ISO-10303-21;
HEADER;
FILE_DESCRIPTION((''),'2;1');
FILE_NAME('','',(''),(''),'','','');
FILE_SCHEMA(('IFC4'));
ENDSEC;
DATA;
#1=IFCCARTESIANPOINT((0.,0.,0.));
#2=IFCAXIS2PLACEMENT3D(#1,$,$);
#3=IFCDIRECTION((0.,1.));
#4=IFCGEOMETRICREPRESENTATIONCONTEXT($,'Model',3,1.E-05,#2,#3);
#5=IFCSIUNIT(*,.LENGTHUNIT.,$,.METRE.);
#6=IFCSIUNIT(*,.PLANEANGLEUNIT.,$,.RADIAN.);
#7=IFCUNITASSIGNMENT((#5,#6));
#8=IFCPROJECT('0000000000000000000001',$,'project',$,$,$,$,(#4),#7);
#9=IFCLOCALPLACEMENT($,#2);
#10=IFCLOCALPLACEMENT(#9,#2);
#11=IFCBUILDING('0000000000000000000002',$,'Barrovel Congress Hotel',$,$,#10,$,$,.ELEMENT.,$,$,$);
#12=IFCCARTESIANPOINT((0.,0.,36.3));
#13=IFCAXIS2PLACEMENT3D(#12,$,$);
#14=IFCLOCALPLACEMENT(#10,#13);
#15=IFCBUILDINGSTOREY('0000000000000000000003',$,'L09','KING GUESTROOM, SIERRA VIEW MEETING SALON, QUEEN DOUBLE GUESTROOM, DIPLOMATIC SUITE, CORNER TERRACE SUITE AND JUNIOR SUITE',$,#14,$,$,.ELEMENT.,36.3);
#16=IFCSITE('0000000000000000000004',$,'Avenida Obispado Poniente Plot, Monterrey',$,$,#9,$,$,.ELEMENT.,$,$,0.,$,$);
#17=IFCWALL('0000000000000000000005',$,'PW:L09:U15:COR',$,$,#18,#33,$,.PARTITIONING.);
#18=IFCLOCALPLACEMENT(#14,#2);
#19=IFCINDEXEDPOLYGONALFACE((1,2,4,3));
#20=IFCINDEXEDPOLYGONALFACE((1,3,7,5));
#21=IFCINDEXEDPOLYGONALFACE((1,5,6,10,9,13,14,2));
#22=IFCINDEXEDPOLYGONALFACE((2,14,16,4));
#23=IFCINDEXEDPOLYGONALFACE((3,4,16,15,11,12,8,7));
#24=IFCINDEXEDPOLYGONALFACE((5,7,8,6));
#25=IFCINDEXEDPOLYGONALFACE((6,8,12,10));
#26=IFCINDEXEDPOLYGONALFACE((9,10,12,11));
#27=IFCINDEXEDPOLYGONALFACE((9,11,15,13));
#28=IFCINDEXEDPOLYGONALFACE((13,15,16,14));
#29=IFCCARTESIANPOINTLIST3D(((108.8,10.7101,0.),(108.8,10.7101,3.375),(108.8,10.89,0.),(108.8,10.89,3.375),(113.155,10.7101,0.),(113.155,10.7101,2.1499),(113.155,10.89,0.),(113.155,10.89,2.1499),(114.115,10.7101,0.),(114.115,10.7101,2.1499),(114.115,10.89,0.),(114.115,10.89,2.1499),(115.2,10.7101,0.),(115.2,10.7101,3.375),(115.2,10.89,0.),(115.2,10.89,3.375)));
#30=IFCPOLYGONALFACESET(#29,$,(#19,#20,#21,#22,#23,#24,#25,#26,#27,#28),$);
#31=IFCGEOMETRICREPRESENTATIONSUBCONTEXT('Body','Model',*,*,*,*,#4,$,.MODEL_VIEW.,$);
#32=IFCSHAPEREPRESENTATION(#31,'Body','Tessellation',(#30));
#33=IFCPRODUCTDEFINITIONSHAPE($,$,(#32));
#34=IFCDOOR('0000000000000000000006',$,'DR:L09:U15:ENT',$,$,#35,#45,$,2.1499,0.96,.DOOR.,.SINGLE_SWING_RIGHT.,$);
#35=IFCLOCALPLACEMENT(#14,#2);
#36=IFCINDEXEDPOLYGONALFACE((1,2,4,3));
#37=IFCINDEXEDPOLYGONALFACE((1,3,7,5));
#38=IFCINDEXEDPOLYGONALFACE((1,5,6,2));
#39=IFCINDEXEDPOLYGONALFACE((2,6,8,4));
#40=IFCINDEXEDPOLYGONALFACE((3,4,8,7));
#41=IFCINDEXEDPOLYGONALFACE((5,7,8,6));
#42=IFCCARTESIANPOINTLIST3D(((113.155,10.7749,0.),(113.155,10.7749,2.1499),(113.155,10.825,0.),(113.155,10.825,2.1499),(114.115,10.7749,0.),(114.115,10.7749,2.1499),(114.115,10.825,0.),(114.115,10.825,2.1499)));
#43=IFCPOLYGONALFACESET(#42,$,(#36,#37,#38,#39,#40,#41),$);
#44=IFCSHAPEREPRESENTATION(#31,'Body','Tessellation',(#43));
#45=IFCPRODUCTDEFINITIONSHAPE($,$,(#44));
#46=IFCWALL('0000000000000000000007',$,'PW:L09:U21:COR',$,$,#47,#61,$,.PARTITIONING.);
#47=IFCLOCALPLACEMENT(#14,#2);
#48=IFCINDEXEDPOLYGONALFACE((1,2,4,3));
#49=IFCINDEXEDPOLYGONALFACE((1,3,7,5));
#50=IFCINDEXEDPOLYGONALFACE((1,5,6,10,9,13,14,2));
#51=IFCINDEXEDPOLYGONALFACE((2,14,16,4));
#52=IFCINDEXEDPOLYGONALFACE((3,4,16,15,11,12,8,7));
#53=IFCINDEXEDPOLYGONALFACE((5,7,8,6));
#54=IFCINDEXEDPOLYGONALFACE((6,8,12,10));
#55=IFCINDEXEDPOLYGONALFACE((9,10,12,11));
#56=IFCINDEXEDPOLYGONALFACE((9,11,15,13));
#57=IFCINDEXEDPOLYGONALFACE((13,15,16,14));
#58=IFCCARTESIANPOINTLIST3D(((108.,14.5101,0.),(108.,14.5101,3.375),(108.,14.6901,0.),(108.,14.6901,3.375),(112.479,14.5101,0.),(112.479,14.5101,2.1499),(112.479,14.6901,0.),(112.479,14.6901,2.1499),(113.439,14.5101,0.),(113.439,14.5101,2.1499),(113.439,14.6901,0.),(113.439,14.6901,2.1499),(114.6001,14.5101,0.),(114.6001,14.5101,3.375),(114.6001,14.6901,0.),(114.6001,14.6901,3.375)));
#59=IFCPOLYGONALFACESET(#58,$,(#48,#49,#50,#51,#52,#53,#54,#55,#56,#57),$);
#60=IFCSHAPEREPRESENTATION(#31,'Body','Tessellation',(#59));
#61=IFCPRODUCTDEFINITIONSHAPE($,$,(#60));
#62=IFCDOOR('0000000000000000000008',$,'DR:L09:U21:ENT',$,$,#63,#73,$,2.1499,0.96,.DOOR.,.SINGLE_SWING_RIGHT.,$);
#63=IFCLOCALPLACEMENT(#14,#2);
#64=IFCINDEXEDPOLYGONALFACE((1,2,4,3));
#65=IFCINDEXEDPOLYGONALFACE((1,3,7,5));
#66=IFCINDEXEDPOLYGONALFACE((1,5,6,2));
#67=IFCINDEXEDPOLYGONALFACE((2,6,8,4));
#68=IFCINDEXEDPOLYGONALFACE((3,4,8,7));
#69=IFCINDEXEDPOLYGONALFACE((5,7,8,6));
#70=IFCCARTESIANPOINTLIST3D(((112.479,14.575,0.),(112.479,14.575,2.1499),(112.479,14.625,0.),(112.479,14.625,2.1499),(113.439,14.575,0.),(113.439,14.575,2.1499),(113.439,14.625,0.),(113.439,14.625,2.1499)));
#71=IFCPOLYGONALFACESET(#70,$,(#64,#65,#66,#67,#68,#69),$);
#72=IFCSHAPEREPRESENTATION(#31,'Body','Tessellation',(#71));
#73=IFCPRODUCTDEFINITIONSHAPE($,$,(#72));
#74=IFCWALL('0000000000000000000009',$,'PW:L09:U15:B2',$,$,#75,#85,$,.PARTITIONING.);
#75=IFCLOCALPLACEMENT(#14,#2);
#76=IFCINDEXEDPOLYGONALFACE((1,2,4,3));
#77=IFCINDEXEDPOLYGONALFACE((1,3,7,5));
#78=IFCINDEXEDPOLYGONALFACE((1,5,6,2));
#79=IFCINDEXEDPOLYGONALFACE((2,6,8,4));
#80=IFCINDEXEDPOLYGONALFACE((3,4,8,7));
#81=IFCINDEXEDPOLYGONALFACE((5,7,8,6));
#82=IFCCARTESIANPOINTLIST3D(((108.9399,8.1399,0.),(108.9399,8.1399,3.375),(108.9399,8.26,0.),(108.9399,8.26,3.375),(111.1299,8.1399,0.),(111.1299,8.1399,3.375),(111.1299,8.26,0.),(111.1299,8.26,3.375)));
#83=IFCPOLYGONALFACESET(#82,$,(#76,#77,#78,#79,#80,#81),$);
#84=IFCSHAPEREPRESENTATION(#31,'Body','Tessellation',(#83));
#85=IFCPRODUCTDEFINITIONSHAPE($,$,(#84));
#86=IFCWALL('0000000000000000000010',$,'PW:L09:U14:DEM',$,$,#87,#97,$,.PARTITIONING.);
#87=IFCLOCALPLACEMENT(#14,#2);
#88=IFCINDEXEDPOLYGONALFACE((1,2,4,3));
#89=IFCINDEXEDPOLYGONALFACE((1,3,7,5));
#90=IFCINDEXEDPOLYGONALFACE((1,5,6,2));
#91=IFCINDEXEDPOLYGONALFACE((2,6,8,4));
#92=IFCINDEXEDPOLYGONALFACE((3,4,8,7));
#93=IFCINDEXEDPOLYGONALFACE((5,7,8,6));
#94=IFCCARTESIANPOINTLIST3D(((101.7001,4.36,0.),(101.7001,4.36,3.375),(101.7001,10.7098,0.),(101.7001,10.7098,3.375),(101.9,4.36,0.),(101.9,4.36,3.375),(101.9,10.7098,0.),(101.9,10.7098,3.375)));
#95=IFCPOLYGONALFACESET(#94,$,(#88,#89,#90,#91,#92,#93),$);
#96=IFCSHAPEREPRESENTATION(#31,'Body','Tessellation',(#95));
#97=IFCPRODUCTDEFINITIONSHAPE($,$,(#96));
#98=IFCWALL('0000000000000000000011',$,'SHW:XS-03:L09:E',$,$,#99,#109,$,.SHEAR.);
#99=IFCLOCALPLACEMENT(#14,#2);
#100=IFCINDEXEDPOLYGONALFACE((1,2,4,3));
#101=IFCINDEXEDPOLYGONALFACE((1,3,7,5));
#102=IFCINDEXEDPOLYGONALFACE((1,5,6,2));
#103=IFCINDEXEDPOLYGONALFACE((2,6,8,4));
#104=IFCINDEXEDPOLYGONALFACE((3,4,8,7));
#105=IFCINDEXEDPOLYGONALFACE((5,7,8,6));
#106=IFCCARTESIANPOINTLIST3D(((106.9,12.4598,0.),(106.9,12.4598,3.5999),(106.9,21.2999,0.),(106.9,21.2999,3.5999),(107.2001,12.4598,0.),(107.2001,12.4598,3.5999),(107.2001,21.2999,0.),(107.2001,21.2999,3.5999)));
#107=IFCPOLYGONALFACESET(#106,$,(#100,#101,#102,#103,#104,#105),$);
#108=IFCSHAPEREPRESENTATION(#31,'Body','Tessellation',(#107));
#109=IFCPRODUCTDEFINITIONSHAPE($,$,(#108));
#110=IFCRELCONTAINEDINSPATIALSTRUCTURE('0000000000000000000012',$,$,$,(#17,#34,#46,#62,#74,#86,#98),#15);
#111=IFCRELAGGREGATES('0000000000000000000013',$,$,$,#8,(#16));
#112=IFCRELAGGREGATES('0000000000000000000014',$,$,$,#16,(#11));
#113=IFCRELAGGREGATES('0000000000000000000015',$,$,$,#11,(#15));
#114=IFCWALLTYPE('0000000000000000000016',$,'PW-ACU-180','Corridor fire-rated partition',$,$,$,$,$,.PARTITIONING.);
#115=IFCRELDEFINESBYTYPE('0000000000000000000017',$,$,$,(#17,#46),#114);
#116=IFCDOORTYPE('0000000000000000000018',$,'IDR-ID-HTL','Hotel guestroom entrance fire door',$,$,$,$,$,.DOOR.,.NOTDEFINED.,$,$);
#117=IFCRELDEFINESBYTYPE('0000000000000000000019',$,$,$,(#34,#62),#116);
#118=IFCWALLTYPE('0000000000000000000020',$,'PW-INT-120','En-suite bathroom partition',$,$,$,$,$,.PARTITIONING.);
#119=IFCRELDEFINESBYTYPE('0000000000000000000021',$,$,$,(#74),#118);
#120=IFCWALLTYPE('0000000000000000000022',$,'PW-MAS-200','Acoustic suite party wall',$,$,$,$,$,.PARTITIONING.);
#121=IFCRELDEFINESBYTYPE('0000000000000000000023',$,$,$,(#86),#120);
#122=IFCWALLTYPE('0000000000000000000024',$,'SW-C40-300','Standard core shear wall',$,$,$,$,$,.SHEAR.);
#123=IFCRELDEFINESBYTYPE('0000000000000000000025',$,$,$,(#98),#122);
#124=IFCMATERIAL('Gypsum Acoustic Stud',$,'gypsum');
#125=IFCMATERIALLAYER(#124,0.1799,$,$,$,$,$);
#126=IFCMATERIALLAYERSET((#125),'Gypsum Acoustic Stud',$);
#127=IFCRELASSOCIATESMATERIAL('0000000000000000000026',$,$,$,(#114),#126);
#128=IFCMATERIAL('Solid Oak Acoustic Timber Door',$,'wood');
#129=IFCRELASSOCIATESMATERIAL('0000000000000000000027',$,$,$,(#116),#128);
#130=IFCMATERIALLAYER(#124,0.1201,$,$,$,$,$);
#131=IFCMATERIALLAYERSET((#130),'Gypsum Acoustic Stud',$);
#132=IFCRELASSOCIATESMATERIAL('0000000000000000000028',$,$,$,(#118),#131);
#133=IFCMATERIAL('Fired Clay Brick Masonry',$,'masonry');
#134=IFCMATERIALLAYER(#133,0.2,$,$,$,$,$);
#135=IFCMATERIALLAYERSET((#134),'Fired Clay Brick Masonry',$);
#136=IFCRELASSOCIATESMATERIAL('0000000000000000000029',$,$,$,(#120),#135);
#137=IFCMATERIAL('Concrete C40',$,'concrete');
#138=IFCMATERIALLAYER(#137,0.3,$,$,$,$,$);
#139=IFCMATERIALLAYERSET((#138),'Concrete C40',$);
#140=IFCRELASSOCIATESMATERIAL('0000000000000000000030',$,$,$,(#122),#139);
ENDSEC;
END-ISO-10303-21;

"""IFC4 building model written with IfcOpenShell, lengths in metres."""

from ifc_helpers import new_model, si_unit, direction, frame, frame_2d, origin, place, context, subcontext, project, spatial, rectangle, extrude, material, layer, layer_set, type_object, element, fill, save


model = new_model("IFC4")

# Units and contexts
model_context = context("Model", 3, precision=1e-05, world=origin(), true_north=direction((0.0, 1.0)))
body_context = subcontext(model_context, "Body", "Model", "MODEL_VIEW")
ifc_project = project(units=[si_unit("LENGTHUNIT", "METRE"), si_unit("PLANEANGLEUNIT", "RADIAN")], contexts=[model_context])

# Site, building, storey
site_placement = place(None, origin())
site = spatial("IfcSite", under=ifc_project, at=site_placement, Name="Avenida Obispado Poniente Plot, Monterrey", CompositionType="ELEMENT", RefElevation=0.0)
building_placement = place(site_placement, origin())
building = spatial("IfcBuilding", under=site, at=building_placement, Name="Barrovel Congress Hotel", CompositionType="ELEMENT")
storey_placement = place(building_placement, frame((0.0, 0.0, 36.3)))
storey = spatial("IfcBuildingStorey", under=building, at=storey_placement, Name="L09", Description="KING GUESTROOM, SIERRA VIEW MEETING SALON, QUEEN DOUBLE GUESTROOM, DIPLOMATIC SUITE, CORNER TERRACE SUITE AND JUNIOR SUITE", CompositionType="ELEMENT", Elevation=36.3)

# Shared definitions
ifc_material_1 = material(Name="Concrete C40", Category="concrete")

# Shared definitions
ifc_material_2 = material(Name="Fired Clay Brick Masonry", Category="masonry")

# Walls, openings, doors
ifc_material_3 = material(Name="Gypsum Acoustic Stud", Category="gypsum")
ifc_layer_1 = layer(ifc_material_3, 0.1799)
ifc_layer_set_1 = layer_set([ifc_layer_1], Name="Gypsum Acoustic Stud")
wall_type_1 = type_object("IfcWallType", Name="PW-ACU-180", Description="Corridor fire-rated partition", PredefinedType="PARTITIONING", material=ifc_layer_set_1)
wall_1_placement = place(storey_placement, frame((108.8, 10.8, 0.0), z_axis=(0.0, 0.0, 1.0), x_axis=(1.0, 0.0, 0.0)))
wall_1 = element("IfcWall", 1, at=wall_1_placement, inside=storey, type_object=wall_type_1, Name="PW:L09:U15:COR", PredefinedType="PARTITIONING", context=body_context, shape_type="SweptSolid", body=[
    extrude(rectangle(XDim=6.3999, YDim=0.1799, at=frame_2d((3.2, 0.0))), origin(), (0.0, 0.0, 1.0), 3.375),
])
opening_1_placement = place(wall_1_placement, frame((4.355, 0.0, 0.0)))
opening_1 = element("IfcOpeningElement", 2, at=opening_1_placement, cuts=wall_1, PredefinedType="OPENING", context=body_context, shape_type="SweptSolid", body=[
    extrude(rectangle(XDim=0.96, YDim=2.1499, at=frame_2d((0.48, 1.075))), frame((0.0, 0.1001, 0.0), z_axis=(0.0, -1.0, 0.0), x_axis=(1.0, 0.0, 0.0)), (0.0, 0.0, 1.0), 0.2),
])
ifc_material_4 = material(Name="Solid Oak Acoustic Timber Door", Category="wood")
door_type_1 = type_object("IfcDoorType", Name="IDR-ID-HTL", Description="Hotel guestroom entrance fire door", OperationType="NOTDEFINED", PredefinedType="DOOR", material=ifc_material_4)
door_1_placement = place(opening_1_placement, origin())
door_1 = element("IfcDoor", 3, at=door_1_placement, inside=storey, type_object=door_type_1, Name="DR:L09:U15:ENT", OperationType="SINGLE_SWING_RIGHT", OverallHeight=2.1499, OverallWidth=0.96, PredefinedType="DOOR", context=body_context, shape_type="SweptSolid", body=[
    extrude(rectangle(XDim=0.96, YDim=2.1499, at=frame_2d((0.48, 1.075))), frame((0.0, 0.0249, 0.0), z_axis=(0.0, -1.0, 0.0), x_axis=(1.0, 0.0, 0.0)), (0.0, 0.0, 1.0), 0.05),
])
fill(opening_1, door_1)
wall_2_placement = place(storey_placement, frame((108.0, 14.6001, 0.0), z_axis=(0.0, 0.0, 1.0), x_axis=(1.0, 0.0, 0.0)))
wall_2 = element("IfcWall", 4, at=wall_2_placement, inside=storey, type_object=wall_type_1, Name="PW:L09:U21:COR", PredefinedType="PARTITIONING", context=body_context, shape_type="SweptSolid", body=[
    extrude(rectangle(XDim=6.6001, YDim=0.1799, at=frame_2d((3.3, 0.0))), origin(), (0.0, 0.0, 1.0), 3.375),
])
opening_2_placement = place(wall_2_placement, frame((4.479, 0.0, 0.0)))
opening_2 = element("IfcOpeningElement", 5, at=opening_2_placement, cuts=wall_2, PredefinedType="OPENING", context=body_context, shape_type="SweptSolid", body=[
    extrude(rectangle(XDim=0.96, YDim=2.1499, at=frame_2d((0.48, 1.075))), frame((0.0, 0.1001, 0.0), z_axis=(0.0, -1.0, 0.0), x_axis=(1.0, 0.0, 0.0)), (0.0, 0.0, 1.0), 0.2),
])
door_2_placement = place(opening_2_placement, origin())
door_2 = element("IfcDoor", 6, at=door_2_placement, inside=storey, type_object=door_type_1, Name="DR:L09:U21:ENT", OperationType="SINGLE_SWING_RIGHT", OverallHeight=2.1499, OverallWidth=0.96, PredefinedType="DOOR", context=body_context, shape_type="SweptSolid", body=[
    extrude(rectangle(XDim=0.96, YDim=2.1499, at=frame_2d((0.48, 1.075))), frame((0.0, 0.0249, 0.0), z_axis=(0.0, -1.0, 0.0), x_axis=(1.0, 0.0, 0.0)), (0.0, 0.0, 1.0), 0.05),
])
fill(opening_2, door_2)

# Walls
ifc_layer_2 = layer(ifc_material_3, 0.1201)
ifc_layer_set_2 = layer_set([ifc_layer_2], Name="Gypsum Acoustic Stud")
wall_type_2 = type_object("IfcWallType", Name="PW-INT-120", Description="En-suite bathroom partition", PredefinedType="PARTITIONING", material=ifc_layer_set_2)
wall_3_placement = place(storey_placement, frame((108.9399, 8.2, 0.0), z_axis=(0.0, 0.0, 1.0), x_axis=(1.0, 0.0, 0.0)))
element("IfcWall", 7, at=wall_3_placement, inside=storey, type_object=wall_type_2, Name="PW:L09:U15:B2", PredefinedType="PARTITIONING", context=body_context, shape_type="SweptSolid", body=[
    extrude(rectangle(XDim=2.1899, YDim=0.1201, at=frame_2d((1.095, 0.0))), origin(), (0.0, 0.0, 1.0), 3.375),
])
ifc_layer_3 = layer(ifc_material_2, 0.2)
ifc_layer_set_3 = layer_set([ifc_layer_3], Name="Fired Clay Brick Masonry")
wall_type_3 = type_object("IfcWallType", Name="PW-MAS-200", Description="Acoustic suite party wall", PredefinedType="PARTITIONING", material=ifc_layer_set_3)
wall_4_placement = place(storey_placement, frame((101.8, 4.3601, 0.0), z_axis=(0.0, 0.0, 1.0), x_axis=(0.0, 1.0, 0.0)))
element("IfcWall", 8, at=wall_4_placement, inside=storey, type_object=wall_type_3, Name="PW:L09:U14:DEM", PredefinedType="PARTITIONING", context=body_context, shape_type="SweptSolid", body=[
    extrude(rectangle(XDim=6.3499, YDim=0.2, at=frame_2d((3.1748, 0.0))), origin(), (0.0, 0.0, 1.0), 3.375),
])

# Shared definitions
ifc_layer_4 = layer(ifc_material_1, 0.3)
ifc_layer_set_4 = layer_set([ifc_layer_4], Name="Concrete C40")
wall_type_4 = type_object("IfcWallType", Name="SW-C40-300", Description="Standard core shear wall", PredefinedType="SHEAR", material=ifc_layer_set_4)

# Wall
wall_5_placement = place(storey_placement, frame((107.05, 12.46, 0.0), z_axis=(0.0, 0.0, 1.0), x_axis=(0.0, 1.0, 0.0)))
element("IfcWall", 9, at=wall_5_placement, inside=storey, type_object=wall_type_4, Name="SHW:XS-03:L09:E", PredefinedType="SHEAR", context=body_context, shape_type="SweptSolid", body=[
    extrude(rectangle(XDim=8.8401, YDim=0.3, at=frame_2d((4.4199, 0.0))), origin(), (0.0, 0.0, 1.0), 3.5999),
])

save(model, "model.ifc")
